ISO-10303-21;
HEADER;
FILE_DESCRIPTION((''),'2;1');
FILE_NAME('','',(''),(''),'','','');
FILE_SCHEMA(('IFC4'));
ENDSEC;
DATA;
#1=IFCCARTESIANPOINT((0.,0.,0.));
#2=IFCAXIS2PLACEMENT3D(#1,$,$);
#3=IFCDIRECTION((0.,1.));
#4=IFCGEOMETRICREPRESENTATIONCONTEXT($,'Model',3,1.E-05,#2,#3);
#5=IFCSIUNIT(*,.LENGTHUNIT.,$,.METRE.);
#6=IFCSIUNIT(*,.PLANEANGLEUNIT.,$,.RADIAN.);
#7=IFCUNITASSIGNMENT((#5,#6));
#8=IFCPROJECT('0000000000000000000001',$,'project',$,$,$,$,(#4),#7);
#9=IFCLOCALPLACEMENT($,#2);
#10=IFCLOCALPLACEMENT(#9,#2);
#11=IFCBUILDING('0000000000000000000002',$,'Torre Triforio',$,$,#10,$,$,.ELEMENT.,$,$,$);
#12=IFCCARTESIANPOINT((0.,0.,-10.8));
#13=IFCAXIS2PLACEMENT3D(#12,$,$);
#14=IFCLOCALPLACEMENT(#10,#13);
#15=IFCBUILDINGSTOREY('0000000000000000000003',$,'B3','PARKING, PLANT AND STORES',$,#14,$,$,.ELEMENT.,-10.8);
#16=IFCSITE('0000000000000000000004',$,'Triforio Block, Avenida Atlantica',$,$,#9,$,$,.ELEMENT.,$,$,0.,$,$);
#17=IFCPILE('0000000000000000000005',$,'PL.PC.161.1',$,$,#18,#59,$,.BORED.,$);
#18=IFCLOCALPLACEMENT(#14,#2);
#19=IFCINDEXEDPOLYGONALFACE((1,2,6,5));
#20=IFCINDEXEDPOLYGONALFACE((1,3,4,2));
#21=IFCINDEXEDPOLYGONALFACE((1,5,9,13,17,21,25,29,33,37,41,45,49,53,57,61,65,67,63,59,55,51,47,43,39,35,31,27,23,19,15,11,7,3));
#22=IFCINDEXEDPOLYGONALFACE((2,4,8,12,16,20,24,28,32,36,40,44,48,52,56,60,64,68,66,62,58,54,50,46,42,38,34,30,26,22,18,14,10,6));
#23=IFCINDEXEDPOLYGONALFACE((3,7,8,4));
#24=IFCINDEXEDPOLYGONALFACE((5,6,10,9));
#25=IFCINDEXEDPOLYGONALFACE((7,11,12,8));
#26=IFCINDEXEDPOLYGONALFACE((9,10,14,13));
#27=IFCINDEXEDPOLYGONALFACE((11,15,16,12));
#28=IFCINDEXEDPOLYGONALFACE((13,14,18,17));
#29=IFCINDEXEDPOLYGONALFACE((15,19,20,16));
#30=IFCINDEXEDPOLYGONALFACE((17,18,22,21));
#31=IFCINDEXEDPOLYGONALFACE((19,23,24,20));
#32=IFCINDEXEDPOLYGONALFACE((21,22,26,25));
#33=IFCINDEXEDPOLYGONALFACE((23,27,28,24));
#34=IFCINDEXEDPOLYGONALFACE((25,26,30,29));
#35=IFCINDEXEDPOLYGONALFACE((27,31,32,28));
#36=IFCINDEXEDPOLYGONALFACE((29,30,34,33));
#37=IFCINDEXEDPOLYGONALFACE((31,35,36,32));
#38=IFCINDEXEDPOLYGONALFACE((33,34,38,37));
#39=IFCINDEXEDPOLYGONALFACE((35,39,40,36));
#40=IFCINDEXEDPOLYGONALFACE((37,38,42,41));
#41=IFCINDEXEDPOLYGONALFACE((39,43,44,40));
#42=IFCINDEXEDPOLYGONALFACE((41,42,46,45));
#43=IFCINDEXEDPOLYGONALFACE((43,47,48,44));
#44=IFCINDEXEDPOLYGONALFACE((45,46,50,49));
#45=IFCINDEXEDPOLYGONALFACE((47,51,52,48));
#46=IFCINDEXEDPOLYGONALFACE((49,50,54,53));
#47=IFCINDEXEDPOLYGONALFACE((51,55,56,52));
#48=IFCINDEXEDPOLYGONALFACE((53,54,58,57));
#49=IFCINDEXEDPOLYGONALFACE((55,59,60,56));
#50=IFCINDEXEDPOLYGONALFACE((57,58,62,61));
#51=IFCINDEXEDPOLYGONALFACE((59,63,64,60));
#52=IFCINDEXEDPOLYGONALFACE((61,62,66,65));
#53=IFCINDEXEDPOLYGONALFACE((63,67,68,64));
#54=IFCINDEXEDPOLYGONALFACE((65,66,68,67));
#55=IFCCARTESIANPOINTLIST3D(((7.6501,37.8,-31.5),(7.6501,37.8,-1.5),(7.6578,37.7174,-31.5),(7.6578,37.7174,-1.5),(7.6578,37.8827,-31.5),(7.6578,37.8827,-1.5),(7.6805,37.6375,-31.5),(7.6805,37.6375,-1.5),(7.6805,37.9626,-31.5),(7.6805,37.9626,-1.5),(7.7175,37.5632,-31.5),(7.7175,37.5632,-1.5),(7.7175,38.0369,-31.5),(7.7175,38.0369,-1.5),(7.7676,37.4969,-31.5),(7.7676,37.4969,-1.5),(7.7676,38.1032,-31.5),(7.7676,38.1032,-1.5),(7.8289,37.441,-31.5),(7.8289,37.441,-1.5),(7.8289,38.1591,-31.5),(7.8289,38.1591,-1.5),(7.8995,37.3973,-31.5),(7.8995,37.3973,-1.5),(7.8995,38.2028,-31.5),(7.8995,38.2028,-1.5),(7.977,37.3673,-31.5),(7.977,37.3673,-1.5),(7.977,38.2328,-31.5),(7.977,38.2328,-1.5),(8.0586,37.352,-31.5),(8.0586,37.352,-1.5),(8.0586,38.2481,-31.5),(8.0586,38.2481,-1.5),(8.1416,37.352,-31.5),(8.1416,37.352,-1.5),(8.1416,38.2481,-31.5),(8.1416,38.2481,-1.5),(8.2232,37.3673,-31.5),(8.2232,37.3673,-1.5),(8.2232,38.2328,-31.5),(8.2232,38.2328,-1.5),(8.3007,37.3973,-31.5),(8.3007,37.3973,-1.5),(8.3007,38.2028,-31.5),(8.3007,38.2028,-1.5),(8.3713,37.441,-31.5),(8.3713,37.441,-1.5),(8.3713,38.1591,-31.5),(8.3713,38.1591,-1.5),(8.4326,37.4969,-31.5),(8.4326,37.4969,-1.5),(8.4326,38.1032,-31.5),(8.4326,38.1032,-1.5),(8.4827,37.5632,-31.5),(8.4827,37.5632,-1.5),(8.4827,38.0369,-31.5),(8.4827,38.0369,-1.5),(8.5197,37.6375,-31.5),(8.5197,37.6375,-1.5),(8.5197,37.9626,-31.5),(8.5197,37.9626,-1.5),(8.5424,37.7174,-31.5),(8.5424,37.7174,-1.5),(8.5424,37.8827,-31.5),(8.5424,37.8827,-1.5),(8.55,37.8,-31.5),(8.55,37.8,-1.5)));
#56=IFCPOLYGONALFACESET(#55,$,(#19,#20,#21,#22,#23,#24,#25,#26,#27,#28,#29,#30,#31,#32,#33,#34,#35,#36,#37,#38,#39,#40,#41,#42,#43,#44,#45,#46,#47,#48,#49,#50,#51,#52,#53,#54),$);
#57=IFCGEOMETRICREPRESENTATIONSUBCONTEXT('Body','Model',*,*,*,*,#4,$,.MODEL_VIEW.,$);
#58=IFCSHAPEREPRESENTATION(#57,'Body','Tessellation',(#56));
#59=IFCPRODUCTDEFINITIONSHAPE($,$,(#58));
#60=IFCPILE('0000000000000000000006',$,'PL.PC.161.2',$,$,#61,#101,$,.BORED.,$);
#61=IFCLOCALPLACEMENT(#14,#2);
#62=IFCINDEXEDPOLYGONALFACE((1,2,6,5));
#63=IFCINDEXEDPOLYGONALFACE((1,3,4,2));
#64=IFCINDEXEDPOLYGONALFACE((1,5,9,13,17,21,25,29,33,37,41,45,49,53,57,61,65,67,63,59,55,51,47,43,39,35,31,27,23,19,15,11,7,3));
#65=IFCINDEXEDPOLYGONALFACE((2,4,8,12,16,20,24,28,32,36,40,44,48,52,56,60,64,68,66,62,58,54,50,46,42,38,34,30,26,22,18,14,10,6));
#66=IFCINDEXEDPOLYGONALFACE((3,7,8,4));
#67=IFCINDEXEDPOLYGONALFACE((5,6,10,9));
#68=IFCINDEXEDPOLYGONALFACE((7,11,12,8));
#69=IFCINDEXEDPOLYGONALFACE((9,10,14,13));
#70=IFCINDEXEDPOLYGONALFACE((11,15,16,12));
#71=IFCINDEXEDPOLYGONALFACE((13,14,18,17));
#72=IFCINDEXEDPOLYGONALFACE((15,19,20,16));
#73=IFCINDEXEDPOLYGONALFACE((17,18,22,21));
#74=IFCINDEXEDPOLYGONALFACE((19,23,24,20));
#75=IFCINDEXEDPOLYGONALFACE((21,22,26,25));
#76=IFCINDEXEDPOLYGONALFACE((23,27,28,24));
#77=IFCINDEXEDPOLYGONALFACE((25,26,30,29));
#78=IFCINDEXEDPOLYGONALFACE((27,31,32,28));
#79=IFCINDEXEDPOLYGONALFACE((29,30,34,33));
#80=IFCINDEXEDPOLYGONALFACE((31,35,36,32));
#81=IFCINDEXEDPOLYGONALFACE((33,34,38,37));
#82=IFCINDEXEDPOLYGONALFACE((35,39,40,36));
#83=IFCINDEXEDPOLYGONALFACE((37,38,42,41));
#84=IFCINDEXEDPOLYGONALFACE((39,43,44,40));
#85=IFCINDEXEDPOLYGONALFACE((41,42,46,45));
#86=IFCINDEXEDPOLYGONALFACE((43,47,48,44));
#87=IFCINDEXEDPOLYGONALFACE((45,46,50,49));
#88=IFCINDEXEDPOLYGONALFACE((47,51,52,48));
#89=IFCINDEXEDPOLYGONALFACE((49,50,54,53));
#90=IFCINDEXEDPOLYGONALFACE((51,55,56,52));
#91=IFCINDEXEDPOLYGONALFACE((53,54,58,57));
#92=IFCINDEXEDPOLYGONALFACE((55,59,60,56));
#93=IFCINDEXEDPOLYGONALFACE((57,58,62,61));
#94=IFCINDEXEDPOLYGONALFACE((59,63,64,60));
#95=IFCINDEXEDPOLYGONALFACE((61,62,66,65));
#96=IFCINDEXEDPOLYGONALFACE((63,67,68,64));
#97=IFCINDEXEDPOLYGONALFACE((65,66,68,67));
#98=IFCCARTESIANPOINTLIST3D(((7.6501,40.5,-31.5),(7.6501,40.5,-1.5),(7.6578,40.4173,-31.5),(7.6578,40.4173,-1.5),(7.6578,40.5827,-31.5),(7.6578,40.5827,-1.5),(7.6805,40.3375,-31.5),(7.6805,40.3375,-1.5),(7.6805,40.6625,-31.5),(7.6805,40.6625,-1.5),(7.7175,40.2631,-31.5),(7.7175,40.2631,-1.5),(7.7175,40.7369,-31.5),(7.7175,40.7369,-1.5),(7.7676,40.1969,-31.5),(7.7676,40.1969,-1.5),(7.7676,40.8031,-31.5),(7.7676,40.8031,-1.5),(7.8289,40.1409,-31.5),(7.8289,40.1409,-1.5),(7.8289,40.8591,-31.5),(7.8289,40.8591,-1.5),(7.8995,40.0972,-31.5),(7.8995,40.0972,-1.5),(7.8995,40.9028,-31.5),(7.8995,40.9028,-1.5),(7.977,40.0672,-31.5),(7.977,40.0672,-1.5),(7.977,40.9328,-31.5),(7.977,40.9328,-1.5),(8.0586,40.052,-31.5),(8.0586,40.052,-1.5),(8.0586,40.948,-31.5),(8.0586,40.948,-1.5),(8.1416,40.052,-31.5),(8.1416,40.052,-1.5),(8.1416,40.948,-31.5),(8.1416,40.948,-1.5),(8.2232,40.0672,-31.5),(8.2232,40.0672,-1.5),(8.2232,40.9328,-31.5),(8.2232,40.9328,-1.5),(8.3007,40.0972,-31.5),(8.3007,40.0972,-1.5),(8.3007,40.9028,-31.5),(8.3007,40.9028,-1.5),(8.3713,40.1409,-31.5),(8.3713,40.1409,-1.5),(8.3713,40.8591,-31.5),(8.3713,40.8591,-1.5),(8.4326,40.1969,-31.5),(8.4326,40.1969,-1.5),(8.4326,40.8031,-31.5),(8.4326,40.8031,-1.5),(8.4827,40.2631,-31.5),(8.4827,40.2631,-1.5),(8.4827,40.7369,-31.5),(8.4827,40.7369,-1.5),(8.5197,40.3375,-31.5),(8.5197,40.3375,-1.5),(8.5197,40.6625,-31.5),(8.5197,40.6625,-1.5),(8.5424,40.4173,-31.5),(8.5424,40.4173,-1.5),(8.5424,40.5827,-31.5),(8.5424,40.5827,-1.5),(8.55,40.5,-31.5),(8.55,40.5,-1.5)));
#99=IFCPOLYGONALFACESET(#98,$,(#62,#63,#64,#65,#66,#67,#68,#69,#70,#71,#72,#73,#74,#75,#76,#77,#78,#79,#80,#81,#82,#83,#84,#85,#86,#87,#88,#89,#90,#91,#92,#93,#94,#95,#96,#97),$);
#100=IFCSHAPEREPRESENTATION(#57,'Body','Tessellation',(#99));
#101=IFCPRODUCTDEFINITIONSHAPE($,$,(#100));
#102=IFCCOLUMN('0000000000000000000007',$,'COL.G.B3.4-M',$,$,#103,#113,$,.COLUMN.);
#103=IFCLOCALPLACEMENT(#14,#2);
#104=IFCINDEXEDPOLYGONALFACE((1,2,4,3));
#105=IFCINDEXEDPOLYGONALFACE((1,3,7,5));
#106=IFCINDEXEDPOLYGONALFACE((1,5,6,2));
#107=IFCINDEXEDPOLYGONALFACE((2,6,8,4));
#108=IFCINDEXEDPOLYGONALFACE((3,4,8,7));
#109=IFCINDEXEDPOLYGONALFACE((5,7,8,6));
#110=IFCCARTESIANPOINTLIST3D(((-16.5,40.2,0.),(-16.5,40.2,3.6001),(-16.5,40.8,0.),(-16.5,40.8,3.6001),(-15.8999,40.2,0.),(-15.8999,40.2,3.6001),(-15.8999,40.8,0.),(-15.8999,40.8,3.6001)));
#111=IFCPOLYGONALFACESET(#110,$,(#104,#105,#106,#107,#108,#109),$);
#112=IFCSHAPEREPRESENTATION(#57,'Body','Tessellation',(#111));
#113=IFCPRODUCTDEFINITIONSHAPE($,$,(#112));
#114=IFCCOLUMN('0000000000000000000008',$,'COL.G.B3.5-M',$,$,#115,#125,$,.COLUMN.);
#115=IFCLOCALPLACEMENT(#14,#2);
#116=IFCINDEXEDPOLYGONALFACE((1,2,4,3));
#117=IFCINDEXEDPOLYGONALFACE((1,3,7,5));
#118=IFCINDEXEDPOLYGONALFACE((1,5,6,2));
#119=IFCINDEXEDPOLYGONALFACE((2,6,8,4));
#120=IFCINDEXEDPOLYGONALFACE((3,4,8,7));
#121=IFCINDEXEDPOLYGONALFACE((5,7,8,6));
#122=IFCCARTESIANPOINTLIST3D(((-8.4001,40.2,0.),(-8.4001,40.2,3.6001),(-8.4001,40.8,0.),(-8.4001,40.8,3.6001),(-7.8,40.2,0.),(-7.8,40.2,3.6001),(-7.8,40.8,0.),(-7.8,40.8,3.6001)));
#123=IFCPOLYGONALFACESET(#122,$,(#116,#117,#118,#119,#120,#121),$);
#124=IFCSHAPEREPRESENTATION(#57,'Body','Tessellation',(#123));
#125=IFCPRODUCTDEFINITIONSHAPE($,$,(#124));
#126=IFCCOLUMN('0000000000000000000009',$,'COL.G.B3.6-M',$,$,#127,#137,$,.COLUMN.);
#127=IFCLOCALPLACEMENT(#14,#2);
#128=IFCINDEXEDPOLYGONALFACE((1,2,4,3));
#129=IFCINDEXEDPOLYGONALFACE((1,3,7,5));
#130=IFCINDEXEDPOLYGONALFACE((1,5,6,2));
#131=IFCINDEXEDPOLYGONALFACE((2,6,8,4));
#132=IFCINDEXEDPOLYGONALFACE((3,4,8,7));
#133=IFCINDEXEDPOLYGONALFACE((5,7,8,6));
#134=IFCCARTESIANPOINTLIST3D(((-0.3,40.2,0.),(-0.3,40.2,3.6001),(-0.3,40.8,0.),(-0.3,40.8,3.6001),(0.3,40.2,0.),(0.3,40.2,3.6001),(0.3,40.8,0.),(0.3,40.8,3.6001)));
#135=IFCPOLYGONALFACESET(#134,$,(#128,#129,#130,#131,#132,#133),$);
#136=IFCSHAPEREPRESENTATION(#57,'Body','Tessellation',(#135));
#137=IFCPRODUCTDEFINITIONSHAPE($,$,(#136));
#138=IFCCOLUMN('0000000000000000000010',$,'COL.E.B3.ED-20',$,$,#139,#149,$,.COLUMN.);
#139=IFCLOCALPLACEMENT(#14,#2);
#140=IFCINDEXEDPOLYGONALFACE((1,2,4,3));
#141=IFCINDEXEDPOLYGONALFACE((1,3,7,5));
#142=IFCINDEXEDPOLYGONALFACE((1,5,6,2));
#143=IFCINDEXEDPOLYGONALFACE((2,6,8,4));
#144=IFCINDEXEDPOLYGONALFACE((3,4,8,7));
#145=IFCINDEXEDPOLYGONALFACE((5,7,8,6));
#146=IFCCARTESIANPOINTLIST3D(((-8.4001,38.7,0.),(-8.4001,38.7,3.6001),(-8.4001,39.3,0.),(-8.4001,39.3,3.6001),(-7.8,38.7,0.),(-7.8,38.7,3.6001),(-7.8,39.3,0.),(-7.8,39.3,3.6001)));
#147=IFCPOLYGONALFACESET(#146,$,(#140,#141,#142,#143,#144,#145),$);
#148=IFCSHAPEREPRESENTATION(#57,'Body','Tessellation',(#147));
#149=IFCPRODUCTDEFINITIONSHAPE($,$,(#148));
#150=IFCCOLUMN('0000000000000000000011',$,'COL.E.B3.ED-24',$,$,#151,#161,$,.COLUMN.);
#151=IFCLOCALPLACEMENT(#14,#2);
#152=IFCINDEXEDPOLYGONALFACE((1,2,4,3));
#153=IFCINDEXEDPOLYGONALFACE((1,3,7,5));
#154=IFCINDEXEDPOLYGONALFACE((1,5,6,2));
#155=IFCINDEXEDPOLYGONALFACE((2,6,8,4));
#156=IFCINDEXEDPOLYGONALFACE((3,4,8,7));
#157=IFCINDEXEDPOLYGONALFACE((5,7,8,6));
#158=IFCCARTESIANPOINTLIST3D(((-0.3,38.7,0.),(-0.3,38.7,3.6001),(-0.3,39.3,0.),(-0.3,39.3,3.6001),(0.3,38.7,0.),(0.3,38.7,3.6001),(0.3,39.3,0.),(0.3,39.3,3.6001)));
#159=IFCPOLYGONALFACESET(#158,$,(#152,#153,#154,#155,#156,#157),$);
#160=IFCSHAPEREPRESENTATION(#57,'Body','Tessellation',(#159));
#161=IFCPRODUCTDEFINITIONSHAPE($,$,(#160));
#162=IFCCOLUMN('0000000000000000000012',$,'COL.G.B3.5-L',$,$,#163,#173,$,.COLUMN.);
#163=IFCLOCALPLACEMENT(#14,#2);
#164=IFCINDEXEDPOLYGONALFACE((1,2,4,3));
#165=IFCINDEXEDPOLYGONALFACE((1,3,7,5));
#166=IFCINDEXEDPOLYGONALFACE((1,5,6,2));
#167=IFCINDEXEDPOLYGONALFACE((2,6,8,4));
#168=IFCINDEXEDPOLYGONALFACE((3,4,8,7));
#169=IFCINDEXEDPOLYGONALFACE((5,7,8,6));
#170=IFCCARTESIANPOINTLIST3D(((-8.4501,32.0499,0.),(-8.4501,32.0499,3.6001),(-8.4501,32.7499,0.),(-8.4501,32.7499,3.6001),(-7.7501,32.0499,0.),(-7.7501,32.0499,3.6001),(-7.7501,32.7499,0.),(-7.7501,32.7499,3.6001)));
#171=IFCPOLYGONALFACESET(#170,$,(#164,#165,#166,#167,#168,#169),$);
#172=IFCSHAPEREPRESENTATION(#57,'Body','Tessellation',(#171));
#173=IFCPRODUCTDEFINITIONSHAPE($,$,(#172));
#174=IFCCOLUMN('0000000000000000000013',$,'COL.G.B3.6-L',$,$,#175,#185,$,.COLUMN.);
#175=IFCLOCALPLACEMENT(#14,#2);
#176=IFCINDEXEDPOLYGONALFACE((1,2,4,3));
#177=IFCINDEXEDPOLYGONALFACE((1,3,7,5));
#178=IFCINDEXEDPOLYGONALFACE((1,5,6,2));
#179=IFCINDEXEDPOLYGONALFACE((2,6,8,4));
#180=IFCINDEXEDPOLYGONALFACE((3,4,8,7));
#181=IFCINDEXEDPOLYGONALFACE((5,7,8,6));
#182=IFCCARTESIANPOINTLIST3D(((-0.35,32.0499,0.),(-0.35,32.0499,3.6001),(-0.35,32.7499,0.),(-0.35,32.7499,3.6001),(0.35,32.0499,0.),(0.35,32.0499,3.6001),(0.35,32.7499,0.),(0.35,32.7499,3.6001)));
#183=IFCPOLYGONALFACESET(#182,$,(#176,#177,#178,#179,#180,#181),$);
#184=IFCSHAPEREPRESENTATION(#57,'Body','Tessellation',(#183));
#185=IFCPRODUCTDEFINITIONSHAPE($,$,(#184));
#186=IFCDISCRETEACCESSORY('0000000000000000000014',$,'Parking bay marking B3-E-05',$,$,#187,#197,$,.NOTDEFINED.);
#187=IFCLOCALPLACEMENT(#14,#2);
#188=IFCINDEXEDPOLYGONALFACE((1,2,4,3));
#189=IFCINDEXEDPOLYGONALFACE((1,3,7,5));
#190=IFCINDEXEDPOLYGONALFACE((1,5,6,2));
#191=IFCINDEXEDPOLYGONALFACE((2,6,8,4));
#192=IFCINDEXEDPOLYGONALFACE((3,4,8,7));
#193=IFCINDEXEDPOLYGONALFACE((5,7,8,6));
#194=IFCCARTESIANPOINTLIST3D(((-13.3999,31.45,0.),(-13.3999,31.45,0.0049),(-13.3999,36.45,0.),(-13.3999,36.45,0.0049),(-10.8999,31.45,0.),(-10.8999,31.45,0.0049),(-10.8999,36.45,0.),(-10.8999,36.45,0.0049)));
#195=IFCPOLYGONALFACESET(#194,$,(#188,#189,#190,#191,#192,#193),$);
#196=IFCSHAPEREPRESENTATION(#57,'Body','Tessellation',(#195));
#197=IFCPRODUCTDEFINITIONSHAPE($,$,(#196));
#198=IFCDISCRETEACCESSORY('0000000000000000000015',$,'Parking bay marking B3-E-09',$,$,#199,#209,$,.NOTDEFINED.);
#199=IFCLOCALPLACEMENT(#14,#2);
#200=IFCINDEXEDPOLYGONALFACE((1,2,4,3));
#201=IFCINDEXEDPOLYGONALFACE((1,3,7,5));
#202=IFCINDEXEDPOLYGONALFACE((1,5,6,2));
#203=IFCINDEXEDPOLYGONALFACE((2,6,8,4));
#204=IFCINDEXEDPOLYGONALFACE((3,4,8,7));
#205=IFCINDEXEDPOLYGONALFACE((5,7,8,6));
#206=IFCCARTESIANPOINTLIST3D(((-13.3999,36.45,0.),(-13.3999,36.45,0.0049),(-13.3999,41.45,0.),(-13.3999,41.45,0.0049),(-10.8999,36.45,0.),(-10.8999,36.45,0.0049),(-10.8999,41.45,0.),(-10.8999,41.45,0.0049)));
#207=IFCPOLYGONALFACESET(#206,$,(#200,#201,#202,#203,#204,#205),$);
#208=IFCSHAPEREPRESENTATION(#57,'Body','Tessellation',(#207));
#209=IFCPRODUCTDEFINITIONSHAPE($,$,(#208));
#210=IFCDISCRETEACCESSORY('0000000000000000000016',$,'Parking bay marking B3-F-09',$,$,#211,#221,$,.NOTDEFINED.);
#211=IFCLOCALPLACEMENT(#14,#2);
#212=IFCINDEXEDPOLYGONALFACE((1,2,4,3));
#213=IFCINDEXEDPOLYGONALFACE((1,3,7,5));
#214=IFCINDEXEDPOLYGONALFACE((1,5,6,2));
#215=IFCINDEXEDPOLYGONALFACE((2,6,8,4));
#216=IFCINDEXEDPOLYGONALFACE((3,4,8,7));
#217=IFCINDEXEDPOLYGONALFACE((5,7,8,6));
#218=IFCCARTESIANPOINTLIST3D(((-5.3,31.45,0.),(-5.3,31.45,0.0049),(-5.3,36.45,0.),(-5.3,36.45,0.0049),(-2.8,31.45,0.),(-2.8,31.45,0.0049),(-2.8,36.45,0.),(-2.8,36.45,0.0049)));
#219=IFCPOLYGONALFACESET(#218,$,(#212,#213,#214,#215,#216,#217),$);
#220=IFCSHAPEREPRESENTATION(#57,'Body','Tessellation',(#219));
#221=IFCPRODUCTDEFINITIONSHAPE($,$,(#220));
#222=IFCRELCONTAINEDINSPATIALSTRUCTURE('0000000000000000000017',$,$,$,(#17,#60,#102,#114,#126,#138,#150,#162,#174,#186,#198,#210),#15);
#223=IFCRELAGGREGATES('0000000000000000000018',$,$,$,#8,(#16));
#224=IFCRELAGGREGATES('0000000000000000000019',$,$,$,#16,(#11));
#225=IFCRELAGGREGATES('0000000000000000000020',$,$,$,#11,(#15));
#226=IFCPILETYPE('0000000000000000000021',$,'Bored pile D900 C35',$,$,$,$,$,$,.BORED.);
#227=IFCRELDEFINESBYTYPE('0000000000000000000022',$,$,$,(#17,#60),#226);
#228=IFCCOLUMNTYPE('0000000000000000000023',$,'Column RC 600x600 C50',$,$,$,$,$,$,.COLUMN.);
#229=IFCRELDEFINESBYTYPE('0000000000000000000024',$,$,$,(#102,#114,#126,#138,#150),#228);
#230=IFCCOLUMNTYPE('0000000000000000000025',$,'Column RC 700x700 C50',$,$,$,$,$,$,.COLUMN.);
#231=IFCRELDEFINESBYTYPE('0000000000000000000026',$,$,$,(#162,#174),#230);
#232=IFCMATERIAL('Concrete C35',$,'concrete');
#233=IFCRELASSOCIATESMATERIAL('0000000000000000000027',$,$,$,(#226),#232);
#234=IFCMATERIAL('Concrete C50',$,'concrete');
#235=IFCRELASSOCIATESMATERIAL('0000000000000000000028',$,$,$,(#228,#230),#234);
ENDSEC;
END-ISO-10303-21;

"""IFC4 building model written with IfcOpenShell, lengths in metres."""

from ifc_helpers import new_model, si_unit, direction, frame, origin, origin_2d, place, context, subcontext, project, spatial, rectangle, circle, extrude, material, material_profile, profile_set, type_object, element, save


model = new_model("IFC4")

# Units and contexts
model_context = context("Model", 3, precision=1e-05, world=origin(), true_north=direction((0.0, 1.0)))
body_context = subcontext(model_context, "Body", "Model", "MODEL_VIEW")
ifc_project = project(units=[si_unit("LENGTHUNIT", "METRE"), si_unit("PLANEANGLEUNIT", "RADIAN")], contexts=[model_context])

# Site, building, storey
site_placement = place(None, origin())
site = spatial("IfcSite", under=ifc_project, at=site_placement, Name="Triforio Block, Avenida Atlantica", CompositionType="ELEMENT", RefElevation=0.0)
building_placement = place(site_placement, origin())
building = spatial("IfcBuilding", under=site, at=building_placement, Name="Torre Triforio", CompositionType="ELEMENT")
storey_placement = place(building_placement, frame((0.0, 0.0, -10.8)))
storey = spatial("IfcBuildingStorey", under=building, at=storey_placement, Name="B3", Description="PARKING, PLANT AND STORES", CompositionType="ELEMENT", Elevation=-10.8)

# Piles
ifc_material_1 = material(Name="Concrete C35", Category="concrete")
ifc_material_profile_1 = material_profile(ifc_material_1, circle(Radius=0.45, at=origin_2d()), Name="RC D900")
ifc_profile_set_1 = profile_set([ifc_material_profile_1], Name="Concrete C35")
pile_type = type_object("IfcPileType", Name="Bored pile D900 C35", PredefinedType="BORED", material=ifc_profile_set_1)
for number, where, z_axis, x_axis, name in (
    (1, (8.1001, 37.8, -1.5), (0.0, 0.0, -1.0), (1.0, 0.0, 0.0), "PL.PC.161.1"),
    (2, (8.1001, 40.5, -1.5), (0.0, 0.0, -1.0), (1.0, 0.0, 0.0), "PL.PC.161.2"),
):
    element("IfcPile", number, at=place(storey_placement, frame(where, z_axis=z_axis, x_axis=x_axis)), inside=storey, type_object=pile_type, Name=name, PredefinedType="BORED", context=body_context, shape_type="SweptSolid", body=[
        extrude(circle(Radius=0.45, at=origin_2d()), origin(), (0.0, 0.0, 1.0), 30.0),
    ])

# Columns
ifc_material_2 = material(Name="Concrete C50", Category="concrete")
ifc_material_profile_2 = material_profile(ifc_material_2, rectangle(XDim=0.6001, YDim=0.6001, at=origin_2d()), Name="RC 600x600")
ifc_profile_set_2 = profile_set([ifc_material_profile_2], Name="Concrete C50")
column_type_1 = type_object("IfcColumnType", Name="Column RC 600x600 C50", PredefinedType="COLUMN", material=ifc_profile_set_2)
for number, where, z_axis, x_axis, name in (
    (3, (-16.2, 40.5, 0.0), (0.0, 0.0, 1.0), (1.0, 0.0, 0.0), "COL.G.B3.4-M"),
    (4, (-8.1001, 40.5, 0.0), (0.0, 0.0, 1.0), (1.0, 0.0, 0.0), "COL.G.B3.5-M"),
    (5, (0.0, 40.5, 0.0), (0.0, 0.0, 1.0), (1.0, 0.0, 0.0), "COL.G.B3.6-M"),
    (6, (-8.1001, 39.0, 0.0), (0.0, 0.0, 1.0), (1.0, 0.0, 0.0), "COL.E.B3.ED-20"),
    (7, (0.0, 39.0, 0.0), (0.0, 0.0, 1.0), (1.0, 0.0, 0.0), "COL.E.B3.ED-24"),
):
    element("IfcColumn", number, at=place(storey_placement, frame(where, z_axis=z_axis, x_axis=x_axis)), inside=storey, type_object=column_type_1, Name=name, PredefinedType="COLUMN", context=body_context, shape_type="SweptSolid", body=[
        extrude(rectangle(XDim=0.6001, YDim=0.6001, at=origin_2d()), origin(), (0.0, 0.0, 1.0), 3.6001),
    ])
ifc_material_profile_3 = material_profile(ifc_material_2, rectangle(XDim=0.7, YDim=0.7, at=origin_2d()), Name="RC 700x700")
ifc_profile_set_3 = profile_set([ifc_material_profile_3], Name="Concrete C50")
column_type_2 = type_object("IfcColumnType", Name="Column RC 700x700 C50", PredefinedType="COLUMN", material=ifc_profile_set_3)
for number, where, z_axis, x_axis, name in (
    (8, (-8.1001, 32.3999, 0.0), (0.0, 0.0, 1.0), (1.0, 0.0, 0.0), "COL.G.B3.5-L"),
    (9, (0.0, 32.3999, 0.0), (0.0, 0.0, 1.0), (1.0, 0.0, 0.0), "COL.G.B3.6-L"),
):
    element("IfcColumn", number, at=place(storey_placement, frame(where, z_axis=z_axis, x_axis=x_axis)), inside=storey, type_object=column_type_2, Name=name, PredefinedType="COLUMN", context=body_context, shape_type="SweptSolid", body=[
        extrude(rectangle(XDim=0.7, YDim=0.7, at=origin_2d()), origin(), (0.0, 0.0, 1.0), 3.6001),
    ])

# Discrete accessories
for number, where, z_axis, x_axis, name in (
    (10, (-12.1499, 33.95, 0.0), (0.0, 0.0, 1.0), (1.0, 0.0, 0.0), "Parking bay marking B3-E-05"),
    (11, (-12.1499, 38.95, 0.0), (0.0, 0.0, 1.0), (1.0, 0.0, 0.0), "Parking bay marking B3-E-09"),
    (12, (-4.05, 33.95, 0.0), (0.0, 0.0, 1.0), (1.0, 0.0, 0.0), "Parking bay marking B3-F-09"),
):
    element("IfcDiscreteAccessory", number, at=place(storey_placement, frame(where, z_axis=z_axis, x_axis=x_axis)), inside=storey, Name=name, PredefinedType="NOTDEFINED", context=body_context, shape_type="SweptSolid", body=[
        extrude(rectangle(XDim=2.5, YDim=5.0, at=origin_2d()), origin(), (0.0, 0.0, 1.0), 0.0049),
    ])

save(model, "model.ifc")
